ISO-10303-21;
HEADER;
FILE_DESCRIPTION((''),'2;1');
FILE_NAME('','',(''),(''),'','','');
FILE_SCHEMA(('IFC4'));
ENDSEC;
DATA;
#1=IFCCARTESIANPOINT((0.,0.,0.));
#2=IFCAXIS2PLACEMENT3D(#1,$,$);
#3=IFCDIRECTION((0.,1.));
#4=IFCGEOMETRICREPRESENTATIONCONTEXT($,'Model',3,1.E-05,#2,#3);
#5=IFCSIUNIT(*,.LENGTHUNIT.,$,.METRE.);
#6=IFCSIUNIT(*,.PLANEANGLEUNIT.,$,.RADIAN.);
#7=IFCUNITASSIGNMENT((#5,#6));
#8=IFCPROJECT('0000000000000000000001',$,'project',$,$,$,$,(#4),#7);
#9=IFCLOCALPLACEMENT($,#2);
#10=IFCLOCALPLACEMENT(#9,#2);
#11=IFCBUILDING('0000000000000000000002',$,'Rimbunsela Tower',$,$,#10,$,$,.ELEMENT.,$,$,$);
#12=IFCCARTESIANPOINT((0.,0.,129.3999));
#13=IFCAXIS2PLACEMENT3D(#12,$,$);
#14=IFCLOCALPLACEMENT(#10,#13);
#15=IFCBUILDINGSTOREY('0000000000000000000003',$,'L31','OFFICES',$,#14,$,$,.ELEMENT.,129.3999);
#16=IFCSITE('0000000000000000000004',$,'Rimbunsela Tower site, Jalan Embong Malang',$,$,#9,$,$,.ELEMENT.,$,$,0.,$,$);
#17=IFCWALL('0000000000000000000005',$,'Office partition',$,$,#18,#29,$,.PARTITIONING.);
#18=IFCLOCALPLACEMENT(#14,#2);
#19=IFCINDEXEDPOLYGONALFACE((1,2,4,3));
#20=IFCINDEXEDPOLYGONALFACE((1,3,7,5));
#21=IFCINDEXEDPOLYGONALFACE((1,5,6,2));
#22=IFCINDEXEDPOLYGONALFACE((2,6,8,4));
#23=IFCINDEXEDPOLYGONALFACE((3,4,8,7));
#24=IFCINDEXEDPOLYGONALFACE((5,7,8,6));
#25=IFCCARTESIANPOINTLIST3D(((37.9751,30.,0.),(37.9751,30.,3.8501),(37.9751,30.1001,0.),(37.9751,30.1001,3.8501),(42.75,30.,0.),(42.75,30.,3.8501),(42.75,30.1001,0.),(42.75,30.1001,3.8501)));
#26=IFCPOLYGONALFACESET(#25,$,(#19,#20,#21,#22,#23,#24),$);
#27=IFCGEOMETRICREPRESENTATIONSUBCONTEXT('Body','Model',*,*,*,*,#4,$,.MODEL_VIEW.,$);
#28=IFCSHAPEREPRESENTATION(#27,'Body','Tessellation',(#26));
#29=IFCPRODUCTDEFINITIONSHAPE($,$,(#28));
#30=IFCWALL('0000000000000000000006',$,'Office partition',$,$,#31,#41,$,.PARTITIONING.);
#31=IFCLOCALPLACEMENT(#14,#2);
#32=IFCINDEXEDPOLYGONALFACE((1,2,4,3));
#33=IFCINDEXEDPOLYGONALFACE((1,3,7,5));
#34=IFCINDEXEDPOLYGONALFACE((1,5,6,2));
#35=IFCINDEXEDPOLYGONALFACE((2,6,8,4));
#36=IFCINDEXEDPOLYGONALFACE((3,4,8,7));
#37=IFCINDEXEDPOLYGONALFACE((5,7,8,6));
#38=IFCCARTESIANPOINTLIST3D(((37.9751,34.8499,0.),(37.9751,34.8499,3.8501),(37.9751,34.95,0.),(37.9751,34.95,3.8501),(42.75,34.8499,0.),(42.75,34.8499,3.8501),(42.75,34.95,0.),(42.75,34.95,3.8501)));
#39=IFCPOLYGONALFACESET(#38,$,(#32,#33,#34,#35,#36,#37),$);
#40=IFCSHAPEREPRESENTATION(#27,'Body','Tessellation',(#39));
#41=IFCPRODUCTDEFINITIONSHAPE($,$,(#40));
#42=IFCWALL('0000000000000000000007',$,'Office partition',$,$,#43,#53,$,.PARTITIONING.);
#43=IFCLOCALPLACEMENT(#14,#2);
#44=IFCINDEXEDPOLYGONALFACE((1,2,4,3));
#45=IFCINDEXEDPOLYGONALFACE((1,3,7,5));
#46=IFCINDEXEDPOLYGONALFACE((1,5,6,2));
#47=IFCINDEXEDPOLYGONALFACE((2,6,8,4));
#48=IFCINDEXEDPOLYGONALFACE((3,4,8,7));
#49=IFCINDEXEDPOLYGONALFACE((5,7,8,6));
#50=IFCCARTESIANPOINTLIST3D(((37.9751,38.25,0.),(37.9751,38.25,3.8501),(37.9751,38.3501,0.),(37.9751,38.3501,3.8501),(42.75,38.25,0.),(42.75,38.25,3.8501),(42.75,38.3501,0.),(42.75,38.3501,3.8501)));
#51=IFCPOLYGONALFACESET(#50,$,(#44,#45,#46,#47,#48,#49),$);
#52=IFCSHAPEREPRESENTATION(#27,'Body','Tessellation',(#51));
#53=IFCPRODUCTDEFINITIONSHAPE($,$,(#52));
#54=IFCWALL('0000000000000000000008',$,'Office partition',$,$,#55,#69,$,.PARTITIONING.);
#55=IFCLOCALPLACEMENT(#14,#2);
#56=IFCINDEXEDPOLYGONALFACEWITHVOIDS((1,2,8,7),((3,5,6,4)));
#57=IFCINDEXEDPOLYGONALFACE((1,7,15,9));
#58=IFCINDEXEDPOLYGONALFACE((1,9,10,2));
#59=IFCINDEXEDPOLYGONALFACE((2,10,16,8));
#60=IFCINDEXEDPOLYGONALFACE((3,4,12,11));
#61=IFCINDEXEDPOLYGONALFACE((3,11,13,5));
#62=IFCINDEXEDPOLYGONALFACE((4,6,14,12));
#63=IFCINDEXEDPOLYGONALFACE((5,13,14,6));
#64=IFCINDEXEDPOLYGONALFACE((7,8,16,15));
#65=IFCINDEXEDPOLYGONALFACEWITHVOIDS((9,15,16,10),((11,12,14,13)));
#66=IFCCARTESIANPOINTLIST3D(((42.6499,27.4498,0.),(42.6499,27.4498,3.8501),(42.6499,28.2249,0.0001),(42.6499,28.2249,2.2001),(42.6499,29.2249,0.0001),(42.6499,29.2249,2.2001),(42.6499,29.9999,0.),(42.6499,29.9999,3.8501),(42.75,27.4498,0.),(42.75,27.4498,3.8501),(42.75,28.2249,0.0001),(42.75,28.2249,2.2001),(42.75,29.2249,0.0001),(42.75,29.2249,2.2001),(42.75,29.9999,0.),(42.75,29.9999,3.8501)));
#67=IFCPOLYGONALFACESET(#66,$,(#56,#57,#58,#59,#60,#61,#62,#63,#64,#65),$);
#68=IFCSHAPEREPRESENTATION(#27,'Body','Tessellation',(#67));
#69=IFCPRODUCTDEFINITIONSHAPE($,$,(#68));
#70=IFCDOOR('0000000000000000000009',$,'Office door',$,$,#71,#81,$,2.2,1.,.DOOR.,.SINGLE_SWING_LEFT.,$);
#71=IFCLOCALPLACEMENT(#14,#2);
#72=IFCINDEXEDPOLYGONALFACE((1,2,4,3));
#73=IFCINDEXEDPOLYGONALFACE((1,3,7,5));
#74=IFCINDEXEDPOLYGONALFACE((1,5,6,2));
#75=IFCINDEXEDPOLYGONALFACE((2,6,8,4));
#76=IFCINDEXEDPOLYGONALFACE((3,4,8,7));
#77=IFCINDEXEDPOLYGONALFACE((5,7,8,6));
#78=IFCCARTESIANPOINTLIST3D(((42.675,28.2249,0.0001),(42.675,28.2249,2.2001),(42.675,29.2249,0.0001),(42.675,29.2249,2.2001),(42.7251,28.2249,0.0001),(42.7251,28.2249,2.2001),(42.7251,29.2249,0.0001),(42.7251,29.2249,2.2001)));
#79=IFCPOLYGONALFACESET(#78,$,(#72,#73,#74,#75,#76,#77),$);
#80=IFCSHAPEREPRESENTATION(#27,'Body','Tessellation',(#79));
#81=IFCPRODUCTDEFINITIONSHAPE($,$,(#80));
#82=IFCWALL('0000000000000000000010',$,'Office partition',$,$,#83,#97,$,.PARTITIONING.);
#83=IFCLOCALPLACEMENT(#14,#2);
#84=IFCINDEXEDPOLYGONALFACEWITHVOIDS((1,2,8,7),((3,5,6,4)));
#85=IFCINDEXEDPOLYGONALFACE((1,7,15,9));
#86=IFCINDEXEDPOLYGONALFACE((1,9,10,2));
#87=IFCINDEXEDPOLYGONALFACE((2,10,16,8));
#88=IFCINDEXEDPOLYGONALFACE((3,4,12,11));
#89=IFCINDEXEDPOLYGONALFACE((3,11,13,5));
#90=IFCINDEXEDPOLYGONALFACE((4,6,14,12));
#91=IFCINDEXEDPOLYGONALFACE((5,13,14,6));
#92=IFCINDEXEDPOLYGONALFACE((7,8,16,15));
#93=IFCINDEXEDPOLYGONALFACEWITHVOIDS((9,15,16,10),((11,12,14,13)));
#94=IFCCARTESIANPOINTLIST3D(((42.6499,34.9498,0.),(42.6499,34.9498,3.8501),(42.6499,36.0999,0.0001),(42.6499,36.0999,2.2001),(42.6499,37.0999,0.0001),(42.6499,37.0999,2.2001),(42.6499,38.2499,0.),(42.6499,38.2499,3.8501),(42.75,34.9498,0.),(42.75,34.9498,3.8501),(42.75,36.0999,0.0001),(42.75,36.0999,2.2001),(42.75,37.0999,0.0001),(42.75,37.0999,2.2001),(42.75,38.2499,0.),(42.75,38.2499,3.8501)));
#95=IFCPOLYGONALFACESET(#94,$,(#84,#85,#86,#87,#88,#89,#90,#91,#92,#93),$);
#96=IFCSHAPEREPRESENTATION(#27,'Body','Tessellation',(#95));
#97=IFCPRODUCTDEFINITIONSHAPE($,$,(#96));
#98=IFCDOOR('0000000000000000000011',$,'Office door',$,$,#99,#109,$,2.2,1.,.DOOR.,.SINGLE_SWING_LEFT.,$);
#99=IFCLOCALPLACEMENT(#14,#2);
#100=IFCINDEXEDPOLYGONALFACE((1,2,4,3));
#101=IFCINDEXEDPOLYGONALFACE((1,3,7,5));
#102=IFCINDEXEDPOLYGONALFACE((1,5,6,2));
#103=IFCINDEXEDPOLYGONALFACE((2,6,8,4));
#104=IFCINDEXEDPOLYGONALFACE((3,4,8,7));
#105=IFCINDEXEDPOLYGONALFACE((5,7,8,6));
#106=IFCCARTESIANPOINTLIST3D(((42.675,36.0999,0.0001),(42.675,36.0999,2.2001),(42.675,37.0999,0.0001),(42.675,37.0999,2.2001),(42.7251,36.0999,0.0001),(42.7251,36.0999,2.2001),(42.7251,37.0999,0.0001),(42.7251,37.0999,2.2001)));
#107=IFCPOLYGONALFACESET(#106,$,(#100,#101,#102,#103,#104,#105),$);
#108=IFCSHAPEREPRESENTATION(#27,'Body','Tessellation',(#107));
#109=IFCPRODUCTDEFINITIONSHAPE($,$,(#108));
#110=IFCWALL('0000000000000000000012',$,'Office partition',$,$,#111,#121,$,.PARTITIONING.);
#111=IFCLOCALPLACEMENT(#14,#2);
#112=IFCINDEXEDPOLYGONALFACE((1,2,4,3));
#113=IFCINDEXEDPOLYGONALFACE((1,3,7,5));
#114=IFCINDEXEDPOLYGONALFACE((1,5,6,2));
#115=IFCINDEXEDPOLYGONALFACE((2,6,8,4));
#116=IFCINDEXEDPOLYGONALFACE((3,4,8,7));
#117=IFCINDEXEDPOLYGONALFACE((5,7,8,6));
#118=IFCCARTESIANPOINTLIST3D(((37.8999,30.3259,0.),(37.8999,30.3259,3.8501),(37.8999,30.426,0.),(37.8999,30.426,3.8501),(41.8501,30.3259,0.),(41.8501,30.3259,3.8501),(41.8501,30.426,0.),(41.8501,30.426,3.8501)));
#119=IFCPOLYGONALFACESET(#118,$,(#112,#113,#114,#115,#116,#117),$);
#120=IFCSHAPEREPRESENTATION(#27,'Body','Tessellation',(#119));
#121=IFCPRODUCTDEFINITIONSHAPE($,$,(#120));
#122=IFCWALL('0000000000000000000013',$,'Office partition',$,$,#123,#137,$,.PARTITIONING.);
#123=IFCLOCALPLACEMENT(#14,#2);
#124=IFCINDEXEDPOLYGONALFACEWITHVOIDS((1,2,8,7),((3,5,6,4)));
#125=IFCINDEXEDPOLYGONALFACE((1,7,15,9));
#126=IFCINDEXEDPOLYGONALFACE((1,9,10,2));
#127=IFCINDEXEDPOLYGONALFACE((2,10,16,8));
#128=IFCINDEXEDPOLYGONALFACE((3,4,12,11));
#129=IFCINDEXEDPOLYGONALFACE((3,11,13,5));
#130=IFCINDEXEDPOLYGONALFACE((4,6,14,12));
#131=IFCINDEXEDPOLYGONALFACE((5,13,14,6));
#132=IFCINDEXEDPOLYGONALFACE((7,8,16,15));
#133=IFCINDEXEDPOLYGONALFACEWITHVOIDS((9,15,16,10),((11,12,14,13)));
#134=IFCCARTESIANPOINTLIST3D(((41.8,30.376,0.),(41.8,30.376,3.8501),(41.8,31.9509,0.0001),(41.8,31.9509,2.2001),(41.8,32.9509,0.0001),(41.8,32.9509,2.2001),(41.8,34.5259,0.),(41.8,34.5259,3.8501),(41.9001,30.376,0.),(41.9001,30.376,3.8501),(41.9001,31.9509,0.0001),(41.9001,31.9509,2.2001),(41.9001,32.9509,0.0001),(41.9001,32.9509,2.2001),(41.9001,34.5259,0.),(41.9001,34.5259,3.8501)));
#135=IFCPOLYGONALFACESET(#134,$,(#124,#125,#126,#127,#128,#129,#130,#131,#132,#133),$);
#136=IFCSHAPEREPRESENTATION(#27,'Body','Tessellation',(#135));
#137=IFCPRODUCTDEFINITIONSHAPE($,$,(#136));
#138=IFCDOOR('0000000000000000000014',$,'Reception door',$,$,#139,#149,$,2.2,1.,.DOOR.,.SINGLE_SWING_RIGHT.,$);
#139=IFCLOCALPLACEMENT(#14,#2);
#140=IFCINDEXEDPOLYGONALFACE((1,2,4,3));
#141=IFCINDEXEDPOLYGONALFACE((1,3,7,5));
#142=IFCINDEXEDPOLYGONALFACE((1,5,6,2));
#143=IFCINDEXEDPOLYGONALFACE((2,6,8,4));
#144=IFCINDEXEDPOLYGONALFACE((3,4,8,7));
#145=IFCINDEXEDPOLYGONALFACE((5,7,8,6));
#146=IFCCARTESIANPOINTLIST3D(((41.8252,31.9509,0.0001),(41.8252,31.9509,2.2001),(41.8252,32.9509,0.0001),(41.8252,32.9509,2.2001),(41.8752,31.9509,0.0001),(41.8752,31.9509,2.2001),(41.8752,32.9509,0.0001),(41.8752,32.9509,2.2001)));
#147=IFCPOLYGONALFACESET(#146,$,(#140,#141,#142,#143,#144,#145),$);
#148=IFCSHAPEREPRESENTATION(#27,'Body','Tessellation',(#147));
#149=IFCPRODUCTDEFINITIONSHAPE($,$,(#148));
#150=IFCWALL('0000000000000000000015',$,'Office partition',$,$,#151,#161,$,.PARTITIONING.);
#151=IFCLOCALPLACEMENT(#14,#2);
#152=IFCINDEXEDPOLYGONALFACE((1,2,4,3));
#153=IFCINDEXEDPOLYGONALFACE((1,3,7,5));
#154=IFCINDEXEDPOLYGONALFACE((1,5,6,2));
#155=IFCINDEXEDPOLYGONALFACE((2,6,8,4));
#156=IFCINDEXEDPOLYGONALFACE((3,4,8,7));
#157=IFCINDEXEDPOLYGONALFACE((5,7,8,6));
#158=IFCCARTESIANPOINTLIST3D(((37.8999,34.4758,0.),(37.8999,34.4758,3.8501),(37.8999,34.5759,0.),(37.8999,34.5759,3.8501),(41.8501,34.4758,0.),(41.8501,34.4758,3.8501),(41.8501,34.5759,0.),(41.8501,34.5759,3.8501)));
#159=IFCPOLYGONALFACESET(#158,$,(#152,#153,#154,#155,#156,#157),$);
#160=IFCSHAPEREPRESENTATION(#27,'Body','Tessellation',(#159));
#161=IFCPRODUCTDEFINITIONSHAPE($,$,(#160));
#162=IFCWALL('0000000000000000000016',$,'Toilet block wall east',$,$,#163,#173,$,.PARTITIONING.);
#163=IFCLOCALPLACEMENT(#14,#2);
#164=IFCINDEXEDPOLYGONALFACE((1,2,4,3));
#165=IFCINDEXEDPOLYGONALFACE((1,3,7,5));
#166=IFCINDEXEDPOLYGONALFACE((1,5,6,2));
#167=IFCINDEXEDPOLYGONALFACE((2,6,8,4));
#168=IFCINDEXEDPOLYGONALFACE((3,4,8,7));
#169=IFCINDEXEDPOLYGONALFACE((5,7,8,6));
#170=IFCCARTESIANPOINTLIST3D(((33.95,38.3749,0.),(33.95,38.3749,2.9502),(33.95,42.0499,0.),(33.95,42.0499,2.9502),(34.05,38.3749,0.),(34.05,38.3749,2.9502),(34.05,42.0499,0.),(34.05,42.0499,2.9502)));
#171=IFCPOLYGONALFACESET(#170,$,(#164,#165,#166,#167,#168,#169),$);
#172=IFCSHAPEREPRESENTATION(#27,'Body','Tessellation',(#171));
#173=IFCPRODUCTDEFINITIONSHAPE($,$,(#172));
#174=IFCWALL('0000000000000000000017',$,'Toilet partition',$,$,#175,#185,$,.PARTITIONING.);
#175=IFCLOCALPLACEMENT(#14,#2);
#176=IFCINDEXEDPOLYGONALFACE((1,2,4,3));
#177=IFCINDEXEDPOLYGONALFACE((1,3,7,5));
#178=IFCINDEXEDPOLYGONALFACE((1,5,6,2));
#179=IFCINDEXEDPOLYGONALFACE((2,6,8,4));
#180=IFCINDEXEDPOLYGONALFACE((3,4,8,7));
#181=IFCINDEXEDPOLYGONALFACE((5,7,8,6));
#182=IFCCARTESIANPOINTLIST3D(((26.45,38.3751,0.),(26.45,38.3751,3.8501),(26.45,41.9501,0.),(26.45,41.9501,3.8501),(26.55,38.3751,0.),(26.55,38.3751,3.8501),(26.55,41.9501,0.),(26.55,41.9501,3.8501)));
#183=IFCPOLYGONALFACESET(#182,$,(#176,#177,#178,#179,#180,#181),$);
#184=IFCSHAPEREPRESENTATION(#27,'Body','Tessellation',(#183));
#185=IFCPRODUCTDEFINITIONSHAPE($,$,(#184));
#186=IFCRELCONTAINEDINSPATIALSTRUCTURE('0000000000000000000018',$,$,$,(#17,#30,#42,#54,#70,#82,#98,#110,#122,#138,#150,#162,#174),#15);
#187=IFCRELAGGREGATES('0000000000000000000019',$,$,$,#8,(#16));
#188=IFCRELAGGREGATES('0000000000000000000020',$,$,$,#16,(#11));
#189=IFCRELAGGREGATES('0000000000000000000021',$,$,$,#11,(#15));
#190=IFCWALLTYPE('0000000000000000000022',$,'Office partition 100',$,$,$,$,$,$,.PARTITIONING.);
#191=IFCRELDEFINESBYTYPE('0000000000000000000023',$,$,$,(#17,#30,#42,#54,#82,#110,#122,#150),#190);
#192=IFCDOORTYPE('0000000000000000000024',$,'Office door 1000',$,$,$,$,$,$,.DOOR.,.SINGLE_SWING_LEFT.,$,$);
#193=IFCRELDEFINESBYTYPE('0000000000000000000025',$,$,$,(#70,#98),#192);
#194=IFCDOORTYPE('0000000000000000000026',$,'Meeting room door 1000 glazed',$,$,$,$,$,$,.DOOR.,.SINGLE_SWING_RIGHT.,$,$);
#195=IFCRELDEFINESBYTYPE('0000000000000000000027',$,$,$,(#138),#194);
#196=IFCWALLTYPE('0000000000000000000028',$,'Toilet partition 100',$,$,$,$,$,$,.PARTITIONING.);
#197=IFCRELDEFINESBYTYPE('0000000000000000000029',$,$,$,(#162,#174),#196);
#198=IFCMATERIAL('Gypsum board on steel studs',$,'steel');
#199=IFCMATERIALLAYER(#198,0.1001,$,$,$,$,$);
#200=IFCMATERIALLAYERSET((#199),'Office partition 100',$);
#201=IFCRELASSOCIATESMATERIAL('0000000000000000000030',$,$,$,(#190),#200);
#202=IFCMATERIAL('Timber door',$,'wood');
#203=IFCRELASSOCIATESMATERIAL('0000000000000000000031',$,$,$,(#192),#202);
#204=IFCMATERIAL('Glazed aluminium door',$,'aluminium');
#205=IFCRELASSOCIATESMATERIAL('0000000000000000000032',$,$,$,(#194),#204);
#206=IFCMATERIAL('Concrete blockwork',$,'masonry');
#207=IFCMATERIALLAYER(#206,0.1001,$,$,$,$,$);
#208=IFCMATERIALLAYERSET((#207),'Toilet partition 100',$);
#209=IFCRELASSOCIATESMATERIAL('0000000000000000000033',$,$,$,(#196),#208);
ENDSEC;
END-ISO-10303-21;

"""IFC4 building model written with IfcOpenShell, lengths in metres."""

from ifc_helpers import new_model, si_unit, direction, frame, frame_2d, origin, place, context, subcontext, project, spatial, rectangle, extrude, material, layer, layer_set, type_object, element, fill, save


model = new_model("IFC4")

# Units and contexts
model_context = context("Model", 3, precision=1e-05, world=origin(), true_north=direction((0.0, 1.0)))
body_context = subcontext(model_context, "Body", "Model", "MODEL_VIEW")
ifc_project = project(units=[si_unit("LENGTHUNIT", "METRE"), si_unit("PLANEANGLEUNIT", "RADIAN")], contexts=[model_context])

# Site, building, storey
site_placement = place(None, origin())
site = spatial("IfcSite", under=ifc_project, at=site_placement, Name="Rimbunsela Tower site, Jalan Embong Malang", CompositionType="ELEMENT", RefElevation=0.0)
building_placement = place(site_placement, origin())
building = spatial("IfcBuilding", under=site, at=building_placement, Name="Rimbunsela Tower", CompositionType="ELEMENT")
storey_placement = place(building_placement, frame((0.0, 0.0, 129.3999)))
storey = spatial("IfcBuildingStorey", under=building, at=storey_placement, Name="L31", Description="OFFICES", CompositionType="ELEMENT", Elevation=129.3999)

# Walls
ifc_material_1 = material(Name="Gypsum board on steel studs", Category="steel")
ifc_layer_1 = layer(ifc_material_1, 0.1001)
ifc_layer_set_1 = layer_set([ifc_layer_1], Name="Office partition 100")
wall_type_1 = type_object("IfcWallType", Name="Office partition 100", PredefinedType="PARTITIONING", material=ifc_layer_set_1)
for number, where, z_axis, x_axis, name in (
    (1, (37.9751, 30.05, 0.0), (0.0, 0.0, 1.0), (1.0, 0.0, 0.0), "Office partition"),
    (2, (37.9751, 34.8999, 0.0), (0.0, 0.0, 1.0), (1.0, 0.0, 0.0), "Office partition"),
    (3, (37.9751, 38.3, 0.0), (0.0, 0.0, 1.0), (1.0, 0.0, 0.0), "Office partition"),
):
    element("IfcWall", number, at=place(storey_placement, frame(where, z_axis=z_axis, x_axis=x_axis)), inside=storey, type_object=wall_type_1, Name=name, PredefinedType="PARTITIONING", context=body_context, shape_type="SweptSolid", body=[
        extrude(rectangle(XDim=4.7749, YDim=0.1001, at=frame_2d((2.3875, 0.0))), origin(), (0.0, 0.0, 1.0), 3.8501),
    ])

# Walls, openings, doors
wall_1_placement = place(storey_placement, frame((42.7, 27.45, 0.0), z_axis=(0.0, 0.0, 1.0), x_axis=(0.0, 1.0, 0.0)))
wall_1 = element("IfcWall", 4, at=wall_1_placement, inside=storey, type_object=wall_type_1, Name="Office partition", PredefinedType="PARTITIONING", context=body_context, shape_type="SweptSolid", body=[
    extrude(rectangle(XDim=2.55, YDim=0.1001, at=frame_2d((1.2749, 0.0))), origin(), (0.0, 0.0, 1.0), 3.8501),
])
opening_1_placement = place(wall_1_placement, frame((0.7749, 0.0, 0.0)))
opening_1 = element("IfcOpeningElement", 5, at=opening_1_placement, cuts=wall_1, PredefinedType="OPENING", context=body_context, shape_type="SweptSolid", body=[
    extrude(rectangle(XDim=1.0, YDim=2.2, at=frame_2d((0.5, 1.1001))), frame((0.0, 0.0601, 0.0), z_axis=(0.0, -1.0, 0.0), x_axis=(1.0, 0.0, 0.0)), (0.0, 0.0, 1.0), 0.1201),
])
ifc_material_2 = material(Name="Timber door", Category="wood")
door_type_1 = type_object("IfcDoorType", Name="Office door 1000", OperationType="SINGLE_SWING_LEFT", PredefinedType="DOOR", material=ifc_material_2)
door_1_placement = place(opening_1_placement, origin())
door_1 = element("IfcDoor", 6, at=door_1_placement, inside=storey, type_object=door_type_1, Name="Office door", OperationType="SINGLE_SWING_LEFT", OverallHeight=2.2, OverallWidth=1.0, PredefinedType="DOOR", context=body_context, shape_type="SweptSolid", body=[
    extrude(rectangle(XDim=1.0, YDim=2.2, at=frame_2d((0.5, 1.1001))), frame((0.0, 0.0249, 0.0), z_axis=(0.0, -1.0, 0.0), x_axis=(1.0, 0.0, 0.0)), (0.0, 0.0, 1.0), 0.05),
])
fill(opening_1, door_1)
wall_2_placement = place(storey_placement, frame((42.7, 34.95, 0.0), z_axis=(0.0, 0.0, 1.0), x_axis=(0.0, 1.0, 0.0)))
wall_2 = element("IfcWall", 7, at=wall_2_placement, inside=storey, type_object=wall_type_1, Name="Office partition", PredefinedType="PARTITIONING", context=body_context, shape_type="SweptSolid", body=[
    extrude(rectangle(XDim=3.3, YDim=0.1001, at=frame_2d((1.6499, 0.0))), origin(), (0.0, 0.0, 1.0), 3.8501),
])
opening_2_placement = place(wall_2_placement, frame((1.1499, 0.0, 0.0)))
opening_2 = element("IfcOpeningElement", 8, at=opening_2_placement, cuts=wall_2, PredefinedType="OPENING", context=body_context, shape_type="SweptSolid", body=[
    extrude(rectangle(XDim=1.0, YDim=2.2, at=frame_2d((0.5, 1.1001))), frame((0.0, 0.0601, 0.0), z_axis=(0.0, -1.0, 0.0), x_axis=(1.0, 0.0, 0.0)), (0.0, 0.0, 1.0), 0.1201),
])
door_2_placement = place(opening_2_placement, origin())
door_2 = element("IfcDoor", 9, at=door_2_placement, inside=storey, type_object=door_type_1, Name="Office door", OperationType="SINGLE_SWING_LEFT", OverallHeight=2.2, OverallWidth=1.0, PredefinedType="DOOR", context=body_context, shape_type="SweptSolid", body=[
    extrude(rectangle(XDim=1.0, YDim=2.2, at=frame_2d((0.5, 1.1001))), frame((0.0, 0.0249, 0.0), z_axis=(0.0, -1.0, 0.0), x_axis=(1.0, 0.0, 0.0)), (0.0, 0.0, 1.0), 0.05),
])
fill(opening_2, door_2)

# Wall
wall_3_placement = place(storey_placement, frame((37.8999, 30.376, 0.0), z_axis=(0.0, 0.0, 1.0), x_axis=(1.0, 0.0, 0.0)))
element("IfcWall", 10, at=wall_3_placement, inside=storey, type_object=wall_type_1, Name="Office partition", PredefinedType="PARTITIONING", context=body_context, shape_type="SweptSolid", body=[
    extrude(rectangle(XDim=3.9502, YDim=0.1001, at=frame_2d((1.9751, 0.0))), origin(), (0.0, 0.0, 1.0), 3.8501),
])

# Wall, opening, door
wall_4_placement = place(storey_placement, frame((41.8501, 30.376, 0.0), z_axis=(0.0, 0.0, 1.0), x_axis=(0.0, 1.0, 0.0)))
wall_4 = element("IfcWall", 11, at=wall_4_placement, inside=storey, type_object=wall_type_1, Name="Office partition", PredefinedType="PARTITIONING", context=body_context, shape_type="SweptSolid", body=[
    extrude(rectangle(XDim=4.1499, YDim=0.1001, at=frame_2d((2.075, 0.0))), origin(), (0.0, 0.0, 1.0), 3.8501),
])
opening_3_placement = place(wall_4_placement, frame((1.575, 0.0, 0.0)))
opening_3 = element("IfcOpeningElement", 12, at=opening_3_placement, cuts=wall_4, PredefinedType="OPENING", context=body_context, shape_type="SweptSolid", body=[
    extrude(rectangle(XDim=1.0, YDim=2.2, at=frame_2d((0.5, 1.1001))), frame((0.0, 0.0601, 0.0), z_axis=(0.0, -1.0, 0.0), x_axis=(1.0, 0.0, 0.0)), (0.0, 0.0, 1.0), 0.1201),
])
ifc_material_3 = material(Name="Glazed aluminium door", Category="aluminium")
door_type_2 = type_object("IfcDoorType", Name="Meeting room door 1000 glazed", OperationType="SINGLE_SWING_RIGHT", PredefinedType="DOOR", material=ifc_material_3)
door_3_placement = place(opening_3_placement, origin())
door_3 = element("IfcDoor", 13, at=door_3_placement, inside=storey, type_object=door_type_2, Name="Reception door", OperationType="SINGLE_SWING_RIGHT", OverallHeight=2.2, OverallWidth=1.0, PredefinedType="DOOR", context=body_context, shape_type="SweptSolid", body=[
    extrude(rectangle(XDim=1.0, YDim=2.2, at=frame_2d((0.5, 1.1001))), frame((0.0, 0.0249, 0.0), z_axis=(0.0, -1.0, 0.0), x_axis=(1.0, 0.0, 0.0)), (0.0, 0.0, 1.0), 0.05),
])
fill(opening_3, door_3)

# Walls
wall_5_placement = place(storey_placement, frame((41.8501, 34.5259, 0.0), z_axis=(0.0, 0.0, 1.0), x_axis=(-1.0, 0.0, 0.0)))
element("IfcWall", 14, at=wall_5_placement, inside=storey, type_object=wall_type_1, Name="Office partition", PredefinedType="PARTITIONING", context=body_context, shape_type="SweptSolid", body=[
    extrude(rectangle(XDim=3.9502, YDim=0.1001, at=frame_2d((1.9751, 0.0))), origin(), (0.0, 0.0, 1.0), 3.8501),
])
ifc_material_4 = material(Name="Concrete blockwork", Category="masonry")
ifc_layer_2 = layer(ifc_material_4, 0.1001)
ifc_layer_set_2 = layer_set([ifc_layer_2], Name="Toilet partition 100")
wall_type_2 = type_object("IfcWallType", Name="Toilet partition 100", PredefinedType="PARTITIONING", material=ifc_layer_set_2)
wall_6_placement = place(storey_placement, frame((34.0, 38.375, 0.0), z_axis=(0.0, 0.0, 1.0), x_axis=(0.0, 1.0, 0.0)))
element("IfcWall", 15, at=wall_6_placement, inside=storey, type_object=wall_type_2, Name="Toilet block wall east", PredefinedType="PARTITIONING", context=body_context, shape_type="SweptSolid", body=[
    extrude(rectangle(XDim=3.675, YDim=0.1001, at=frame_2d((1.8374, 0.0))), origin(), (0.0, 0.0, 1.0), 2.9502),
])
for number, where, z_axis, x_axis, name in (
    (16, (26.5, 38.375, 0.0), (0.0, 0.0, 1.0), (0.0, 1.0, 0.0), "Toilet partition"),
):
    element("IfcWall", number, at=place(storey_placement, frame(where, z_axis=z_axis, x_axis=x_axis)), inside=storey, type_object=wall_type_2, Name=name, PredefinedType="PARTITIONING", context=body_context, shape_type="SweptSolid", body=[
        extrude(rectangle(XDim=3.575, YDim=0.1001, at=frame_2d((1.7876, 0.0))), origin(), (0.0, 0.0, 1.0), 3.8501),
    ])

save(model, "model.ifc")
